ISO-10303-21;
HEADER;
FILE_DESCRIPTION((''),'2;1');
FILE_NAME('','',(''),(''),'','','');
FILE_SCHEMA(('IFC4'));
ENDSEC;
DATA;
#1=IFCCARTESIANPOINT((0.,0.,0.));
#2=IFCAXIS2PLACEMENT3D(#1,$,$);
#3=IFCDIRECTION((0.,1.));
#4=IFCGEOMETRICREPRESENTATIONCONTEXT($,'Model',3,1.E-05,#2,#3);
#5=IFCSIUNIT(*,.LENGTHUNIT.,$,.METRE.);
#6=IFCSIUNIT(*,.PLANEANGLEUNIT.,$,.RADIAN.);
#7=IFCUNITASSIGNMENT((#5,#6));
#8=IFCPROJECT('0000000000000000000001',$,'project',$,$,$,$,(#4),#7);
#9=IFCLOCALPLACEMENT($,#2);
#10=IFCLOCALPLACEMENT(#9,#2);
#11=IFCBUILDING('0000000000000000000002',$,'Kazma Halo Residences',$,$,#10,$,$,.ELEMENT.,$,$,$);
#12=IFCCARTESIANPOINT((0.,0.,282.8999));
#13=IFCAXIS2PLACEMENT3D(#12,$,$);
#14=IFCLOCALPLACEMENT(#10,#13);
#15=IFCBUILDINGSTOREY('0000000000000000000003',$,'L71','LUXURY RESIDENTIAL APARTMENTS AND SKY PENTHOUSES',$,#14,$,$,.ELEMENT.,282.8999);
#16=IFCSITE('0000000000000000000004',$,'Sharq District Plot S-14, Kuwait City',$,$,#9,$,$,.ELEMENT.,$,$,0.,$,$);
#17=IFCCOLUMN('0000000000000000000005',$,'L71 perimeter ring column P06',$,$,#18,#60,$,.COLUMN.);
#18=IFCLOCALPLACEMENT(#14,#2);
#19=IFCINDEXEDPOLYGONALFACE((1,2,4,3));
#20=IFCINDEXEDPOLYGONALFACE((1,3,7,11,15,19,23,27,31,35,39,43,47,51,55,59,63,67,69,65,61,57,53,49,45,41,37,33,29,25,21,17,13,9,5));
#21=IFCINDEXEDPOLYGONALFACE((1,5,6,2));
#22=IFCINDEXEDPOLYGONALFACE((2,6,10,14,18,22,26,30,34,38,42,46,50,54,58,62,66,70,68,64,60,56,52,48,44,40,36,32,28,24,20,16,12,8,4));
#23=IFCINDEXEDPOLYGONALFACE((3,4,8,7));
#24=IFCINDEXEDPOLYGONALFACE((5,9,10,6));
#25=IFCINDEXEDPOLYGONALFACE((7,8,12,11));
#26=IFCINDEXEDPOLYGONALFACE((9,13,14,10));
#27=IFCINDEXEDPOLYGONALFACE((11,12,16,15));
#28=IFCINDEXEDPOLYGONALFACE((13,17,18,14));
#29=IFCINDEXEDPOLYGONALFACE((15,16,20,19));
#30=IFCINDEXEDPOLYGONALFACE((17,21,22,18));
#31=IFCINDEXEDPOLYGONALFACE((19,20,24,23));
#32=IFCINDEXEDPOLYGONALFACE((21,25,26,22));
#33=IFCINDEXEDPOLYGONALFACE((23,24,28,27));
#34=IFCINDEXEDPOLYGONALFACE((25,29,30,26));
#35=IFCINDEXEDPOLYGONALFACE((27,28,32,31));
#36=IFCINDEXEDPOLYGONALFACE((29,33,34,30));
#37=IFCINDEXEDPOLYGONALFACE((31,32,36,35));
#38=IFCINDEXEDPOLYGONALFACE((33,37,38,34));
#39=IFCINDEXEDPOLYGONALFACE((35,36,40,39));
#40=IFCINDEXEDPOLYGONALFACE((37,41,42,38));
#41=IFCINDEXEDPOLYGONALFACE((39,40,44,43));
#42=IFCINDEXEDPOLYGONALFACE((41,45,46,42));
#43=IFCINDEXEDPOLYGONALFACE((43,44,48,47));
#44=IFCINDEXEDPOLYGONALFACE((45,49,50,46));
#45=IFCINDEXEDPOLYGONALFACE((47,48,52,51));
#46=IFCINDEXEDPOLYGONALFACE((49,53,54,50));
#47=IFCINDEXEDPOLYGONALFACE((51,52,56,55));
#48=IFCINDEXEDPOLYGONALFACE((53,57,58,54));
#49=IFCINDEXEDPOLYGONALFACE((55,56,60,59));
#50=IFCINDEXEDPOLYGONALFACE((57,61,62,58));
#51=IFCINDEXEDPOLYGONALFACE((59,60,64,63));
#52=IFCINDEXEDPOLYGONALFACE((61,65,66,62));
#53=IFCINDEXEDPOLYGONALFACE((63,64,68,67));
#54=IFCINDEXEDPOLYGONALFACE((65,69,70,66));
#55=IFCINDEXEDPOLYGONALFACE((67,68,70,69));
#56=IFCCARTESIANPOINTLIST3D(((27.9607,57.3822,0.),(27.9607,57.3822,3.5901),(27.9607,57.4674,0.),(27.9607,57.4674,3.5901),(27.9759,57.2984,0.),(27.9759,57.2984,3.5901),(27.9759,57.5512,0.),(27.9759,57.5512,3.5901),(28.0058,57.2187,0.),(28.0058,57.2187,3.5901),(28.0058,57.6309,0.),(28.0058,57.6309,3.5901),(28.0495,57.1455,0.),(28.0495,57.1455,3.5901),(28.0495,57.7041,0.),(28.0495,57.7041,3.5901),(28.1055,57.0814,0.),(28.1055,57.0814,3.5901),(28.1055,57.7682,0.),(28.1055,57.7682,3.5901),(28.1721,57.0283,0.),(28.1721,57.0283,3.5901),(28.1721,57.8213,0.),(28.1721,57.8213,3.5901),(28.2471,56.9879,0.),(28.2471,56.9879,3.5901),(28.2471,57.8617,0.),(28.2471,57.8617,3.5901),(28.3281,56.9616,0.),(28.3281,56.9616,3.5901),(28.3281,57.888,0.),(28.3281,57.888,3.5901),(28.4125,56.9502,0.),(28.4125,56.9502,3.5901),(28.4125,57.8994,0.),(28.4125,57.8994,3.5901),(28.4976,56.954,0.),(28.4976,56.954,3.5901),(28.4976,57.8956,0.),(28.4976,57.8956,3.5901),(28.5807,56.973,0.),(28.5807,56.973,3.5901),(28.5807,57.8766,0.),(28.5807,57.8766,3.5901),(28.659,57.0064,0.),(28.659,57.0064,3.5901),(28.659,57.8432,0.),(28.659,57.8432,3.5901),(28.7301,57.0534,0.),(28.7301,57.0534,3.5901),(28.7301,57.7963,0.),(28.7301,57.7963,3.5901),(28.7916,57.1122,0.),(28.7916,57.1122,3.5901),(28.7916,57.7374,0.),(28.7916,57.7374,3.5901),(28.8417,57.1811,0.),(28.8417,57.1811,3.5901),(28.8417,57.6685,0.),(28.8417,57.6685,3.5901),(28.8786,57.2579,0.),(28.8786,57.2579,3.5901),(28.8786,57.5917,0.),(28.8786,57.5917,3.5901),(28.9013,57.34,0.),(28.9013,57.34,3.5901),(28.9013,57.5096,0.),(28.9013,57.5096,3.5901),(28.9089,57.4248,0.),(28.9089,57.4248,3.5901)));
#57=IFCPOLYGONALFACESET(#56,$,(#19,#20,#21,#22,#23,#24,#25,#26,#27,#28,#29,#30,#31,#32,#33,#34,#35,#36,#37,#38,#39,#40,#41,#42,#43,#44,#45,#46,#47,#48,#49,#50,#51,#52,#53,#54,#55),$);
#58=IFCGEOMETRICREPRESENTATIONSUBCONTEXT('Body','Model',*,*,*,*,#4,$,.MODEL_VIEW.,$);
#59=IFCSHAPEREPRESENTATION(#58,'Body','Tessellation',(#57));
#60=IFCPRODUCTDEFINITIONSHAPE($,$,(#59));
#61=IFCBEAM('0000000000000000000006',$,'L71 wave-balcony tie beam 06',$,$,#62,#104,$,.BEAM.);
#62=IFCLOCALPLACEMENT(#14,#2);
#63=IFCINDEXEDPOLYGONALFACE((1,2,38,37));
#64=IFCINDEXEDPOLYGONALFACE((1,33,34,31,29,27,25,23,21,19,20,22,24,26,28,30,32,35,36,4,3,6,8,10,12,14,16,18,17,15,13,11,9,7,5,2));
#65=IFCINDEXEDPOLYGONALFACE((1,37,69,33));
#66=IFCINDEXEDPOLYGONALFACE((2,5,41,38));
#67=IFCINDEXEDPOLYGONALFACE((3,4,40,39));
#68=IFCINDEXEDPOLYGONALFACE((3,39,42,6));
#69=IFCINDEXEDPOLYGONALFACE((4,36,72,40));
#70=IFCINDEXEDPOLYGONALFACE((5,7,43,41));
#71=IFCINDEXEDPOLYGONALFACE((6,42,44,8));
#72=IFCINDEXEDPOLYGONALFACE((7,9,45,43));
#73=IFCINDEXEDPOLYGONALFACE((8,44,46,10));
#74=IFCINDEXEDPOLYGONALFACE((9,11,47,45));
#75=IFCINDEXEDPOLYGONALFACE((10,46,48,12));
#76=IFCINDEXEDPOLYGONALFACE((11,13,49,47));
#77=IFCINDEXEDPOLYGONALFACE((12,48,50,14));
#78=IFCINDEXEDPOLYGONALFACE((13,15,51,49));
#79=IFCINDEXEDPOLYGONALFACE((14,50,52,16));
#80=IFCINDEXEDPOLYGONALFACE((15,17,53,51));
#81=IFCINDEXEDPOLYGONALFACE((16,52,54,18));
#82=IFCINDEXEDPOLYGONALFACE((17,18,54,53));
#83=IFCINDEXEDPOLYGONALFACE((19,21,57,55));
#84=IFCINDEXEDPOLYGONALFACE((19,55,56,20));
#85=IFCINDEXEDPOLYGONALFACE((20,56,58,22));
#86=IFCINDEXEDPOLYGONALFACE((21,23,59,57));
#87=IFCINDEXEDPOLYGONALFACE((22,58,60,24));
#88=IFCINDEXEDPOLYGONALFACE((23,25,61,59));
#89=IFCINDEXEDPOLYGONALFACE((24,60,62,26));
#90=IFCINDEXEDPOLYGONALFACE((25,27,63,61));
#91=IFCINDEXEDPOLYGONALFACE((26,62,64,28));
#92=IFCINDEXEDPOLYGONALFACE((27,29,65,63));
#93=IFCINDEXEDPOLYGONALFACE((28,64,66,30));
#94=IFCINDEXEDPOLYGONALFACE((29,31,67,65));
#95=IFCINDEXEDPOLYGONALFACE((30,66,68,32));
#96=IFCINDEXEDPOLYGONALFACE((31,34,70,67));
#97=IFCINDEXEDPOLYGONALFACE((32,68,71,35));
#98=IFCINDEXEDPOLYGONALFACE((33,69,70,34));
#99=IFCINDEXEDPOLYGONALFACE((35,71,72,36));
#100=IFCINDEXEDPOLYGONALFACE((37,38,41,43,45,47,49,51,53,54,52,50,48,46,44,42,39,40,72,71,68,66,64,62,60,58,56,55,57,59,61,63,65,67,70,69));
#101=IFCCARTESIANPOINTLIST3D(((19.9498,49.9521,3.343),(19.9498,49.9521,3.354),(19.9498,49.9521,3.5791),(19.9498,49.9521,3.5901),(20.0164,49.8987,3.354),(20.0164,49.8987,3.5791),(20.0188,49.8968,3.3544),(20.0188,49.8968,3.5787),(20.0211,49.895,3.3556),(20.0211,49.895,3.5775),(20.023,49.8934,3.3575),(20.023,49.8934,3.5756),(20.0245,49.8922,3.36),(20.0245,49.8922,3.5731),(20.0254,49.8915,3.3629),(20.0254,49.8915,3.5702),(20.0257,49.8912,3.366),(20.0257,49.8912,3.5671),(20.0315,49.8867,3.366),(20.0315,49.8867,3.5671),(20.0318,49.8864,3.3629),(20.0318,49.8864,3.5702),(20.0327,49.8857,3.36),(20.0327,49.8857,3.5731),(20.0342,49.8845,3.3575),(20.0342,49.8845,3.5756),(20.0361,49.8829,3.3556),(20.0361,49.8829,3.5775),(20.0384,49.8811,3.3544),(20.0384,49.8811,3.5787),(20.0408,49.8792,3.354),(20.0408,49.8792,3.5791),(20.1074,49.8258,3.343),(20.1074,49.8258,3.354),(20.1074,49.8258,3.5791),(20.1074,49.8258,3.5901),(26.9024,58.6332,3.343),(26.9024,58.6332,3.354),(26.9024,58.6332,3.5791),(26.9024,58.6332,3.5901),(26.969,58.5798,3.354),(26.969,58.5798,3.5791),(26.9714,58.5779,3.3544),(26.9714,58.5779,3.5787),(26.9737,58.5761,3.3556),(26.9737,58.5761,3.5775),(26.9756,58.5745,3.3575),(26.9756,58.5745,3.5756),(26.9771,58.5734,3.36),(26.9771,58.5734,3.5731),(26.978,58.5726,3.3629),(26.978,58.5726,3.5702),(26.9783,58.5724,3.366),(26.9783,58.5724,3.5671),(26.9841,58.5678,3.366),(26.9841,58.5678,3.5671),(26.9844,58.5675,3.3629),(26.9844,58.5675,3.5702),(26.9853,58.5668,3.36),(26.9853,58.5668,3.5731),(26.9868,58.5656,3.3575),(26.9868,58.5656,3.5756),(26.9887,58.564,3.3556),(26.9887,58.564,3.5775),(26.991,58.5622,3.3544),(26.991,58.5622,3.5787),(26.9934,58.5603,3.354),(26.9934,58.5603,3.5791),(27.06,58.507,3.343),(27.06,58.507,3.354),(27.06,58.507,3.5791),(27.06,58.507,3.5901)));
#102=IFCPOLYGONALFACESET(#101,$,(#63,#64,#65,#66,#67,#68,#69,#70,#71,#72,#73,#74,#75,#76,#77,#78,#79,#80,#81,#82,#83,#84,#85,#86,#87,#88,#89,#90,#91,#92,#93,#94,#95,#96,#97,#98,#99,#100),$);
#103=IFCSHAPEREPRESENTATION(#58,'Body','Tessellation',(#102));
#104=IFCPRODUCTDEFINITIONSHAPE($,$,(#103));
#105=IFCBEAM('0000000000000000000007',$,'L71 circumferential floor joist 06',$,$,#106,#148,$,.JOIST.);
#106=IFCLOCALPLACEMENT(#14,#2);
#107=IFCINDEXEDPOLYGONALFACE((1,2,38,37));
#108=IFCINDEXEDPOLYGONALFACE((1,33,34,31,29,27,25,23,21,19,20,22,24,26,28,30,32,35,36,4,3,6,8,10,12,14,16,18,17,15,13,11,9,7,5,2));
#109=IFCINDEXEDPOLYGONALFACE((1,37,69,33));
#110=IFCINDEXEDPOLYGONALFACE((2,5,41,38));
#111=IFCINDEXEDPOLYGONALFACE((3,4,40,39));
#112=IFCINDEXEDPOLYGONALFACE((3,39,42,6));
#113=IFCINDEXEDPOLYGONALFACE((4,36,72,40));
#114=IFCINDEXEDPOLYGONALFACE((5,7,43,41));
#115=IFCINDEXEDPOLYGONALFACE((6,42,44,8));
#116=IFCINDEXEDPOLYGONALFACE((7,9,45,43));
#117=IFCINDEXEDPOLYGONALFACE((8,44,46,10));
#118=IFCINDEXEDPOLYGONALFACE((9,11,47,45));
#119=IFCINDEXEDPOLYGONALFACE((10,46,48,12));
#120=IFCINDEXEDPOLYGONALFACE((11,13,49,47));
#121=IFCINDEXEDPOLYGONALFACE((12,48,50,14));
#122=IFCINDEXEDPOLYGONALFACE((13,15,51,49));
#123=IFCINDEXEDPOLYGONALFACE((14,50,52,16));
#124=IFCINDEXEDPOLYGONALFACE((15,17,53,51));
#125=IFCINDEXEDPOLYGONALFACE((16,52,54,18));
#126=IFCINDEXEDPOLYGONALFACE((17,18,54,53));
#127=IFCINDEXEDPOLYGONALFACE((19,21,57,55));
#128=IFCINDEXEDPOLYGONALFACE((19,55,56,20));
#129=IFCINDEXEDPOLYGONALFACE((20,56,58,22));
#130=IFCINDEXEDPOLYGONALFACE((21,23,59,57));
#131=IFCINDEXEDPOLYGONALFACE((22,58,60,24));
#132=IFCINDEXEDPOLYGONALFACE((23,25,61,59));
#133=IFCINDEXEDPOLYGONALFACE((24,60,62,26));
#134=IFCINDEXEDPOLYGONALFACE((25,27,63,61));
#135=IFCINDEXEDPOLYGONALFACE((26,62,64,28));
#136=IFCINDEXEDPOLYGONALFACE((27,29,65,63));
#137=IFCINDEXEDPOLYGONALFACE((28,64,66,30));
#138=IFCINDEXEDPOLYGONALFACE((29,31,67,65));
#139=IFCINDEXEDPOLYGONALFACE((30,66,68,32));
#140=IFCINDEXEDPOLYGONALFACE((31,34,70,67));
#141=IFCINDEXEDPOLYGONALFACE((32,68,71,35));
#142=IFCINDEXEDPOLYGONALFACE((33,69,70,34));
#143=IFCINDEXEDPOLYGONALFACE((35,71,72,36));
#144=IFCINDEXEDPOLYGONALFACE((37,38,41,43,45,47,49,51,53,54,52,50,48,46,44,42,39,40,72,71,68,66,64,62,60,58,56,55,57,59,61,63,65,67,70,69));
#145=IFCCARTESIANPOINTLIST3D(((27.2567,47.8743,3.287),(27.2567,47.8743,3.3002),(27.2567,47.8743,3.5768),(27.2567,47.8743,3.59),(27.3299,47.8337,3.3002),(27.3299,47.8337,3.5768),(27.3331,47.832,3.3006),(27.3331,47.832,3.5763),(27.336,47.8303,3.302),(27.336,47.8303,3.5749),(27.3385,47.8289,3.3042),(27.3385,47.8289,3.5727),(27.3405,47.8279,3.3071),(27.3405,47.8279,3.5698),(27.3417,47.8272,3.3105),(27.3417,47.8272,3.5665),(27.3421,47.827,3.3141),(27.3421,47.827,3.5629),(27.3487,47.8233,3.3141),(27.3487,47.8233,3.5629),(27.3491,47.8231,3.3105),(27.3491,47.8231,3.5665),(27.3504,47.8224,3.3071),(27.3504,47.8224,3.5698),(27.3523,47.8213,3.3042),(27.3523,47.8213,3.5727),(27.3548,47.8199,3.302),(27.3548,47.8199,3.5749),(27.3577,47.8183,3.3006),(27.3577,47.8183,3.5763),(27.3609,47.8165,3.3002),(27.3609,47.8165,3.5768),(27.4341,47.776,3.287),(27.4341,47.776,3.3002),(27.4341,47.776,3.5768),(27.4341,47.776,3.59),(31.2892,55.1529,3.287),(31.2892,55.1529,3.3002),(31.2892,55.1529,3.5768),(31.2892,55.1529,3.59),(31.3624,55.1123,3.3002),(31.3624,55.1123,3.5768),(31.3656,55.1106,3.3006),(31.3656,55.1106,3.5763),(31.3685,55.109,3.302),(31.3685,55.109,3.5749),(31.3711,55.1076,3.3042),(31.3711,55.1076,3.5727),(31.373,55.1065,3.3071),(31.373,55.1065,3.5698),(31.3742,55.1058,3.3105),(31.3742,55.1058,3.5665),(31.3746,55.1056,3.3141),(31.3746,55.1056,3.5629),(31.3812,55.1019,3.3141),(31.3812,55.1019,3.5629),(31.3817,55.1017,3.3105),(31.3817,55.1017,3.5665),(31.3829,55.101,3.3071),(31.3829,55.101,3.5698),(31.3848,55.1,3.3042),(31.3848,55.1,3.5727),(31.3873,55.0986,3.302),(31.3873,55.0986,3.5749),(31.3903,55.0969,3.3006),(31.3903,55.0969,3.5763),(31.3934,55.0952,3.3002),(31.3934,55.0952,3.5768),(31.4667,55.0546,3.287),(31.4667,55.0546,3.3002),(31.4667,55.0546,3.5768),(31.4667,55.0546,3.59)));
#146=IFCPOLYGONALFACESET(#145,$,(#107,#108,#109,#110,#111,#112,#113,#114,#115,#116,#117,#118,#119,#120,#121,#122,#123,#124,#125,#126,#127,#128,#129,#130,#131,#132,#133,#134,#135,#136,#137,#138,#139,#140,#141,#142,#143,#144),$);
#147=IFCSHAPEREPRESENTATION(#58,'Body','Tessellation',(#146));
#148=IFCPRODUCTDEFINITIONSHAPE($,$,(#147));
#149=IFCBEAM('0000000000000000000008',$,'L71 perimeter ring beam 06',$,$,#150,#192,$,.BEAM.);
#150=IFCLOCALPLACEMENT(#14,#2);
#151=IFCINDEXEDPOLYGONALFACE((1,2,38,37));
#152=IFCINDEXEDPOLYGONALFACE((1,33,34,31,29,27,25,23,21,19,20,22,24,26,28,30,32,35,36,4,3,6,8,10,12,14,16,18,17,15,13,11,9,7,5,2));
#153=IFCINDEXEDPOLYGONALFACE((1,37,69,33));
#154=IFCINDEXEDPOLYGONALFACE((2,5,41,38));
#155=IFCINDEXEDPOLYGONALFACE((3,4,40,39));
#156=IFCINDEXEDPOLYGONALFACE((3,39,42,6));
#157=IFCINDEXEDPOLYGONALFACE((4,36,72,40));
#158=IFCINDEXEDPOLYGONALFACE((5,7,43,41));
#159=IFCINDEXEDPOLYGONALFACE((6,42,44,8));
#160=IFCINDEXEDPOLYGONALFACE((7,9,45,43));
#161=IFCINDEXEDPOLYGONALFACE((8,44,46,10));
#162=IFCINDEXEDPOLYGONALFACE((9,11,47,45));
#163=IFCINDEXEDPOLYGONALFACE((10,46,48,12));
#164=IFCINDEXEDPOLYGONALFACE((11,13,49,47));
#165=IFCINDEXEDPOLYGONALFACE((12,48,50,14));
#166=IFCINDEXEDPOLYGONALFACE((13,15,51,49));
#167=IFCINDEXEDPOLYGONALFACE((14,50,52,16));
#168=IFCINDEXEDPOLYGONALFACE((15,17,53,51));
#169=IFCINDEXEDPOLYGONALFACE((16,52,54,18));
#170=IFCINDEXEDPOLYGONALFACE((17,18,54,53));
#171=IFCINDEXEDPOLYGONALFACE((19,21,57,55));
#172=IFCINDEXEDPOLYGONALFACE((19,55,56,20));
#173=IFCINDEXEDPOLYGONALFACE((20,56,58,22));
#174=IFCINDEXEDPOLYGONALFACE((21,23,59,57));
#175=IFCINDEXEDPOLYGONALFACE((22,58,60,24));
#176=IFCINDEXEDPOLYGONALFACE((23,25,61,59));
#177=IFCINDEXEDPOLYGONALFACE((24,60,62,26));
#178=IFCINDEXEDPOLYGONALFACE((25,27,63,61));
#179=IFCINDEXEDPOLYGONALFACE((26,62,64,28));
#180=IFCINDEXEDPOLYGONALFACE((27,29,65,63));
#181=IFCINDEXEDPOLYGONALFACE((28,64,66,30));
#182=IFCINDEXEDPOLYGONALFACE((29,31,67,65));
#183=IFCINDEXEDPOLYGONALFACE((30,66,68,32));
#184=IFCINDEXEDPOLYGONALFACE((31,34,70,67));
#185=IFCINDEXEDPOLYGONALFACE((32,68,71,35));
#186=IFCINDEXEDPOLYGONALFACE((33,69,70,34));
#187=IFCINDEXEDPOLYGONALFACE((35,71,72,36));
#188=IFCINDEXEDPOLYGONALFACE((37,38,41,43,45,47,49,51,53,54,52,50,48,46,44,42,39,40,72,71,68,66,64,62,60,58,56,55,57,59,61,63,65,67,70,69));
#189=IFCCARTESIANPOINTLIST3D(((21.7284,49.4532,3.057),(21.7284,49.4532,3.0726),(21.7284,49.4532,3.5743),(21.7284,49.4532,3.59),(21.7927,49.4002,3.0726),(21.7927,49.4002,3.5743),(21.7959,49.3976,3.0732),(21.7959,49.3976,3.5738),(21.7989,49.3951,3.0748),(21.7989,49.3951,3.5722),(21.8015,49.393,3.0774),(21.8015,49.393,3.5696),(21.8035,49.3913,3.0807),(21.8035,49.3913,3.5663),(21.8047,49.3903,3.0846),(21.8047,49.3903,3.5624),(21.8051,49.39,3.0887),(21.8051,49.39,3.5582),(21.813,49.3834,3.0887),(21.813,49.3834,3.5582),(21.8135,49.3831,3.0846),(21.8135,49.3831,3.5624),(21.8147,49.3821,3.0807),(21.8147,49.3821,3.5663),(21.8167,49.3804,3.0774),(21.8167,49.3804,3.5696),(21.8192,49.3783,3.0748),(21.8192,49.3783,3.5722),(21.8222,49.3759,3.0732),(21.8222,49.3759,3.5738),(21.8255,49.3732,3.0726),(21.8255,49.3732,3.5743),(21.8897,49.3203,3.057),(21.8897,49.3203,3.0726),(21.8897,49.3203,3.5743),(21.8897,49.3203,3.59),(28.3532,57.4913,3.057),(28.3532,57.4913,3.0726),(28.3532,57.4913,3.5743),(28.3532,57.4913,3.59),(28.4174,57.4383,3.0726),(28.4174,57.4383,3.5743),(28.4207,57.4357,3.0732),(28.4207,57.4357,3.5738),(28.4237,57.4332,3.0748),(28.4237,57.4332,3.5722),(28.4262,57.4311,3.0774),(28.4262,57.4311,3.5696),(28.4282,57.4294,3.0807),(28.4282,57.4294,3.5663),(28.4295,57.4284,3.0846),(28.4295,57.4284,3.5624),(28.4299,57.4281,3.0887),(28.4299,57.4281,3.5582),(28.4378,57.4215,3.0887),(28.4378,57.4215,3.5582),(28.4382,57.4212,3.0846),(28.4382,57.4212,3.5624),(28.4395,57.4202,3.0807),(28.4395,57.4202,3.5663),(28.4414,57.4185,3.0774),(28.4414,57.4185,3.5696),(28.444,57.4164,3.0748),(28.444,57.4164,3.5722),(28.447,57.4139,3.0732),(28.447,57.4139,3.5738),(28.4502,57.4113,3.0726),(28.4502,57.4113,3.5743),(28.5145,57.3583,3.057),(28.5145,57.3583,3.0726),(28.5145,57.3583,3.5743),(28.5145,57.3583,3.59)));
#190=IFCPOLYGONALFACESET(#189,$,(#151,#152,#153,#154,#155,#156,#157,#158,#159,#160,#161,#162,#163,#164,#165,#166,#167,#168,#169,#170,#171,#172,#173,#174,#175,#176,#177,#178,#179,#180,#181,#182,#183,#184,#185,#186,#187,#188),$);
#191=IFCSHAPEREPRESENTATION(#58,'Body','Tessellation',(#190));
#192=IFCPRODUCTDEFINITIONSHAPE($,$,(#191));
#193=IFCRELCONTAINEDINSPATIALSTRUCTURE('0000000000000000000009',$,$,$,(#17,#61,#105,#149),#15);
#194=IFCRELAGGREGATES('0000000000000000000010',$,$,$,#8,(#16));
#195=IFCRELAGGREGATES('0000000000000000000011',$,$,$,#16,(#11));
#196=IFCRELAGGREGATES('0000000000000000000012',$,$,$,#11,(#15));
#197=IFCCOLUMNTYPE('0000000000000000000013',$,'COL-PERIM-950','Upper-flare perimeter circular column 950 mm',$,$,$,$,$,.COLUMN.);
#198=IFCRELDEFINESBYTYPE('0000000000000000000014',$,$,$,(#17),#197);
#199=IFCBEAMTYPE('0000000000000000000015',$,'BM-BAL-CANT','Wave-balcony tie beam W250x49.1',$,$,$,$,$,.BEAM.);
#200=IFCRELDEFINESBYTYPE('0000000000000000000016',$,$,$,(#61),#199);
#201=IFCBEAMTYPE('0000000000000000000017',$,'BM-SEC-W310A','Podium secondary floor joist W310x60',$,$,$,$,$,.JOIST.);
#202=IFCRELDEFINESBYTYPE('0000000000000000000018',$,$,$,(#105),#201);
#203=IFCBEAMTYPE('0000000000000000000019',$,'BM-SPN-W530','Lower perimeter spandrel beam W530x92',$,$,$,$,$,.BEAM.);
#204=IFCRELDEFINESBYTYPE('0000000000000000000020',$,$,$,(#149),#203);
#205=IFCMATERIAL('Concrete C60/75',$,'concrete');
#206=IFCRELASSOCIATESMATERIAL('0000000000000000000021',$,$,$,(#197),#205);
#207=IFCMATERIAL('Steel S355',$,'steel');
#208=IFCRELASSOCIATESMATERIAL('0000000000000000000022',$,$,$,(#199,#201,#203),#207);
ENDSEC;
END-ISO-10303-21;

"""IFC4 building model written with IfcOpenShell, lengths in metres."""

from ifc_helpers import new_model, si_unit, direction, frame, origin, origin_2d, place, context, subcontext, project, spatial, circle, i_section, extrude, material, material_profile, profile_set, type_object, element, save


model = new_model("IFC4")

# Units and contexts
model_context = context("Model", 3, precision=1e-05, world=origin(), true_north=direction((0.0, 1.0)))
body_context = subcontext(model_context, "Body", "Model", "MODEL_VIEW")
ifc_project = project(units=[si_unit("LENGTHUNIT", "METRE"), si_unit("PLANEANGLEUNIT", "RADIAN")], contexts=[model_context])

# Site, building, storey
site_placement = place(None, origin())
site = spatial("IfcSite", under=ifc_project, at=site_placement, Name="Sharq District Plot S-14, Kuwait City", CompositionType="ELEMENT", RefElevation=0.0)
building_placement = place(site_placement, origin())
building = spatial("IfcBuilding", under=site, at=building_placement, Name="Kazma Halo Residences", CompositionType="ELEMENT")
storey_placement = place(building_placement, frame((0.0, 0.0, 282.8999)))
storey = spatial("IfcBuildingStorey", under=building, at=storey_placement, Name="L71", Description="LUXURY RESIDENTIAL APARTMENTS AND SKY PENTHOUSES", CompositionType="ELEMENT", Elevation=282.8999)

# Column
ifc_material_1 = material(Name="Concrete C60/75", Category="concrete")
ifc_material_profile_1 = material_profile(ifc_material_1, circle(Radius=0.4751, at=origin_2d()), Name="CIRC950")
ifc_profile_set_1 = profile_set([ifc_material_profile_1], Name="Concrete C60/75")
column_type = type_object("IfcColumnType", Name="COL-PERIM-950", Description="Upper-flare perimeter circular column 950 mm", PredefinedType="COLUMN", material=ifc_profile_set_1)
column_placement = place(storey_placement, frame((28.4338, 57.4248, 0.0), z_axis=(0.0, 0.0, 1.0), x_axis=(1.0, 0.0, 0.0)))
element("IfcColumn", 1, at=column_placement, inside=storey, type_object=column_type, Name="L71 perimeter ring column P06", PredefinedType="COLUMN", context=body_context, shape_type="SweptSolid", body=[
    extrude(circle(Radius=0.4751, at=origin_2d()), origin(), (0.0, 0.0, 1.0), 3.5901),
])

# Beams
ifc_material_2 = material(Name="Steel S355", Category="steel")
ifc_material_profile_2 = material_profile(ifc_material_2, i_section(OverallWidth=0.2019, OverallDepth=0.2471, WebThickness=0.0073, FlangeThickness=0.011, FilletRadius=0.012, at=origin_2d()), Name="W250x49.1")
ifc_profile_set_2 = profile_set([ifc_material_profile_2], Name="Steel S355")
beam_type_1 = type_object("IfcBeamType", Name="BM-BAL-CANT", Description="Wave-balcony tie beam W250x49.1", PredefinedType="BEAM", material=ifc_profile_set_2)
beam_1_placement = place(storey_placement, frame((26.9812, 58.5701, 3.4666), z_axis=(-0.625118, -0.78053, 0.0), x_axis=(0.78053, -0.625118, 0.0)))
element("IfcBeam", 2, at=beam_1_placement, inside=storey, type_object=beam_type_1, Name="L71 wave-balcony tie beam 06", PredefinedType="BEAM", context=body_context, shape_type="SweptSolid", body=[
    extrude(i_section(OverallWidth=0.2019, OverallDepth=0.2471, WebThickness=0.0073, FlangeThickness=0.011, FilletRadius=0.012, at=origin_2d()), origin(), (0.0, 0.0, 1.0), 11.1221),
])
ifc_material_profile_3 = material_profile(ifc_material_2, i_section(OverallWidth=0.2029, OverallDepth=0.303, WebThickness=0.0076, FlangeThickness=0.0132, FilletRadius=0.0139, at=origin_2d()), Name="W310x60")
ifc_profile_set_3 = profile_set([ifc_material_profile_3], Name="Steel S355")
beam_type_2 = type_object("IfcBeamType", Name="BM-SEC-W310A", Description="Podium secondary floor joist W310x60", PredefinedType="JOIST", material=ifc_profile_set_3)
beam_2_placement = place(storey_placement, frame((31.3779, 55.1038, 3.4385), z_axis=(-0.484616, -0.874727, 0.0), x_axis=(0.874727, -0.484616, 0.0)))
element("IfcBeam", 3, at=beam_2_placement, inside=storey, type_object=beam_type_2, Name="L71 circumferential floor joist 06", PredefinedType="JOIST", context=body_context, shape_type="SweptSolid", body=[
    extrude(i_section(OverallWidth=0.2029, OverallDepth=0.303, WebThickness=0.0076, FlangeThickness=0.0132, FilletRadius=0.0139, at=origin_2d()), origin(), (0.0, 0.0, 1.0), 8.321),
])
ifc_material_profile_4 = material_profile(ifc_material_2, i_section(OverallWidth=0.209, OverallDepth=0.533, WebThickness=0.0103, FlangeThickness=0.0156, FilletRadius=0.0161, at=origin_2d()), Name="W530x92")
ifc_profile_set_4 = profile_set([ifc_material_profile_4], Name="Steel S355")
beam_type_3 = type_object("IfcBeamType", Name="BM-SPN-W530", Description="Lower perimeter spandrel beam W530x92", PredefinedType="BEAM", material=ifc_profile_set_4)
beam_3_placement = place(storey_placement, frame((28.4338, 57.4248, 3.3235), z_axis=(-0.636002, -0.771687, 0.0), x_axis=(0.771687, -0.636002, 0.0)))
element("IfcBeam", 4, at=beam_3_placement, inside=storey, type_object=beam_type_3, Name="L71 perimeter ring beam 06", PredefinedType="BEAM", context=body_context, shape_type="SweptSolid", body=[
    extrude(i_section(OverallWidth=0.209, OverallDepth=0.533, WebThickness=0.0103, FlangeThickness=0.0156, FilletRadius=0.0161, at=origin_2d()), origin(), (0.0, 0.0, 1.0), 10.4163),
])

save(model, "model.ifc")
